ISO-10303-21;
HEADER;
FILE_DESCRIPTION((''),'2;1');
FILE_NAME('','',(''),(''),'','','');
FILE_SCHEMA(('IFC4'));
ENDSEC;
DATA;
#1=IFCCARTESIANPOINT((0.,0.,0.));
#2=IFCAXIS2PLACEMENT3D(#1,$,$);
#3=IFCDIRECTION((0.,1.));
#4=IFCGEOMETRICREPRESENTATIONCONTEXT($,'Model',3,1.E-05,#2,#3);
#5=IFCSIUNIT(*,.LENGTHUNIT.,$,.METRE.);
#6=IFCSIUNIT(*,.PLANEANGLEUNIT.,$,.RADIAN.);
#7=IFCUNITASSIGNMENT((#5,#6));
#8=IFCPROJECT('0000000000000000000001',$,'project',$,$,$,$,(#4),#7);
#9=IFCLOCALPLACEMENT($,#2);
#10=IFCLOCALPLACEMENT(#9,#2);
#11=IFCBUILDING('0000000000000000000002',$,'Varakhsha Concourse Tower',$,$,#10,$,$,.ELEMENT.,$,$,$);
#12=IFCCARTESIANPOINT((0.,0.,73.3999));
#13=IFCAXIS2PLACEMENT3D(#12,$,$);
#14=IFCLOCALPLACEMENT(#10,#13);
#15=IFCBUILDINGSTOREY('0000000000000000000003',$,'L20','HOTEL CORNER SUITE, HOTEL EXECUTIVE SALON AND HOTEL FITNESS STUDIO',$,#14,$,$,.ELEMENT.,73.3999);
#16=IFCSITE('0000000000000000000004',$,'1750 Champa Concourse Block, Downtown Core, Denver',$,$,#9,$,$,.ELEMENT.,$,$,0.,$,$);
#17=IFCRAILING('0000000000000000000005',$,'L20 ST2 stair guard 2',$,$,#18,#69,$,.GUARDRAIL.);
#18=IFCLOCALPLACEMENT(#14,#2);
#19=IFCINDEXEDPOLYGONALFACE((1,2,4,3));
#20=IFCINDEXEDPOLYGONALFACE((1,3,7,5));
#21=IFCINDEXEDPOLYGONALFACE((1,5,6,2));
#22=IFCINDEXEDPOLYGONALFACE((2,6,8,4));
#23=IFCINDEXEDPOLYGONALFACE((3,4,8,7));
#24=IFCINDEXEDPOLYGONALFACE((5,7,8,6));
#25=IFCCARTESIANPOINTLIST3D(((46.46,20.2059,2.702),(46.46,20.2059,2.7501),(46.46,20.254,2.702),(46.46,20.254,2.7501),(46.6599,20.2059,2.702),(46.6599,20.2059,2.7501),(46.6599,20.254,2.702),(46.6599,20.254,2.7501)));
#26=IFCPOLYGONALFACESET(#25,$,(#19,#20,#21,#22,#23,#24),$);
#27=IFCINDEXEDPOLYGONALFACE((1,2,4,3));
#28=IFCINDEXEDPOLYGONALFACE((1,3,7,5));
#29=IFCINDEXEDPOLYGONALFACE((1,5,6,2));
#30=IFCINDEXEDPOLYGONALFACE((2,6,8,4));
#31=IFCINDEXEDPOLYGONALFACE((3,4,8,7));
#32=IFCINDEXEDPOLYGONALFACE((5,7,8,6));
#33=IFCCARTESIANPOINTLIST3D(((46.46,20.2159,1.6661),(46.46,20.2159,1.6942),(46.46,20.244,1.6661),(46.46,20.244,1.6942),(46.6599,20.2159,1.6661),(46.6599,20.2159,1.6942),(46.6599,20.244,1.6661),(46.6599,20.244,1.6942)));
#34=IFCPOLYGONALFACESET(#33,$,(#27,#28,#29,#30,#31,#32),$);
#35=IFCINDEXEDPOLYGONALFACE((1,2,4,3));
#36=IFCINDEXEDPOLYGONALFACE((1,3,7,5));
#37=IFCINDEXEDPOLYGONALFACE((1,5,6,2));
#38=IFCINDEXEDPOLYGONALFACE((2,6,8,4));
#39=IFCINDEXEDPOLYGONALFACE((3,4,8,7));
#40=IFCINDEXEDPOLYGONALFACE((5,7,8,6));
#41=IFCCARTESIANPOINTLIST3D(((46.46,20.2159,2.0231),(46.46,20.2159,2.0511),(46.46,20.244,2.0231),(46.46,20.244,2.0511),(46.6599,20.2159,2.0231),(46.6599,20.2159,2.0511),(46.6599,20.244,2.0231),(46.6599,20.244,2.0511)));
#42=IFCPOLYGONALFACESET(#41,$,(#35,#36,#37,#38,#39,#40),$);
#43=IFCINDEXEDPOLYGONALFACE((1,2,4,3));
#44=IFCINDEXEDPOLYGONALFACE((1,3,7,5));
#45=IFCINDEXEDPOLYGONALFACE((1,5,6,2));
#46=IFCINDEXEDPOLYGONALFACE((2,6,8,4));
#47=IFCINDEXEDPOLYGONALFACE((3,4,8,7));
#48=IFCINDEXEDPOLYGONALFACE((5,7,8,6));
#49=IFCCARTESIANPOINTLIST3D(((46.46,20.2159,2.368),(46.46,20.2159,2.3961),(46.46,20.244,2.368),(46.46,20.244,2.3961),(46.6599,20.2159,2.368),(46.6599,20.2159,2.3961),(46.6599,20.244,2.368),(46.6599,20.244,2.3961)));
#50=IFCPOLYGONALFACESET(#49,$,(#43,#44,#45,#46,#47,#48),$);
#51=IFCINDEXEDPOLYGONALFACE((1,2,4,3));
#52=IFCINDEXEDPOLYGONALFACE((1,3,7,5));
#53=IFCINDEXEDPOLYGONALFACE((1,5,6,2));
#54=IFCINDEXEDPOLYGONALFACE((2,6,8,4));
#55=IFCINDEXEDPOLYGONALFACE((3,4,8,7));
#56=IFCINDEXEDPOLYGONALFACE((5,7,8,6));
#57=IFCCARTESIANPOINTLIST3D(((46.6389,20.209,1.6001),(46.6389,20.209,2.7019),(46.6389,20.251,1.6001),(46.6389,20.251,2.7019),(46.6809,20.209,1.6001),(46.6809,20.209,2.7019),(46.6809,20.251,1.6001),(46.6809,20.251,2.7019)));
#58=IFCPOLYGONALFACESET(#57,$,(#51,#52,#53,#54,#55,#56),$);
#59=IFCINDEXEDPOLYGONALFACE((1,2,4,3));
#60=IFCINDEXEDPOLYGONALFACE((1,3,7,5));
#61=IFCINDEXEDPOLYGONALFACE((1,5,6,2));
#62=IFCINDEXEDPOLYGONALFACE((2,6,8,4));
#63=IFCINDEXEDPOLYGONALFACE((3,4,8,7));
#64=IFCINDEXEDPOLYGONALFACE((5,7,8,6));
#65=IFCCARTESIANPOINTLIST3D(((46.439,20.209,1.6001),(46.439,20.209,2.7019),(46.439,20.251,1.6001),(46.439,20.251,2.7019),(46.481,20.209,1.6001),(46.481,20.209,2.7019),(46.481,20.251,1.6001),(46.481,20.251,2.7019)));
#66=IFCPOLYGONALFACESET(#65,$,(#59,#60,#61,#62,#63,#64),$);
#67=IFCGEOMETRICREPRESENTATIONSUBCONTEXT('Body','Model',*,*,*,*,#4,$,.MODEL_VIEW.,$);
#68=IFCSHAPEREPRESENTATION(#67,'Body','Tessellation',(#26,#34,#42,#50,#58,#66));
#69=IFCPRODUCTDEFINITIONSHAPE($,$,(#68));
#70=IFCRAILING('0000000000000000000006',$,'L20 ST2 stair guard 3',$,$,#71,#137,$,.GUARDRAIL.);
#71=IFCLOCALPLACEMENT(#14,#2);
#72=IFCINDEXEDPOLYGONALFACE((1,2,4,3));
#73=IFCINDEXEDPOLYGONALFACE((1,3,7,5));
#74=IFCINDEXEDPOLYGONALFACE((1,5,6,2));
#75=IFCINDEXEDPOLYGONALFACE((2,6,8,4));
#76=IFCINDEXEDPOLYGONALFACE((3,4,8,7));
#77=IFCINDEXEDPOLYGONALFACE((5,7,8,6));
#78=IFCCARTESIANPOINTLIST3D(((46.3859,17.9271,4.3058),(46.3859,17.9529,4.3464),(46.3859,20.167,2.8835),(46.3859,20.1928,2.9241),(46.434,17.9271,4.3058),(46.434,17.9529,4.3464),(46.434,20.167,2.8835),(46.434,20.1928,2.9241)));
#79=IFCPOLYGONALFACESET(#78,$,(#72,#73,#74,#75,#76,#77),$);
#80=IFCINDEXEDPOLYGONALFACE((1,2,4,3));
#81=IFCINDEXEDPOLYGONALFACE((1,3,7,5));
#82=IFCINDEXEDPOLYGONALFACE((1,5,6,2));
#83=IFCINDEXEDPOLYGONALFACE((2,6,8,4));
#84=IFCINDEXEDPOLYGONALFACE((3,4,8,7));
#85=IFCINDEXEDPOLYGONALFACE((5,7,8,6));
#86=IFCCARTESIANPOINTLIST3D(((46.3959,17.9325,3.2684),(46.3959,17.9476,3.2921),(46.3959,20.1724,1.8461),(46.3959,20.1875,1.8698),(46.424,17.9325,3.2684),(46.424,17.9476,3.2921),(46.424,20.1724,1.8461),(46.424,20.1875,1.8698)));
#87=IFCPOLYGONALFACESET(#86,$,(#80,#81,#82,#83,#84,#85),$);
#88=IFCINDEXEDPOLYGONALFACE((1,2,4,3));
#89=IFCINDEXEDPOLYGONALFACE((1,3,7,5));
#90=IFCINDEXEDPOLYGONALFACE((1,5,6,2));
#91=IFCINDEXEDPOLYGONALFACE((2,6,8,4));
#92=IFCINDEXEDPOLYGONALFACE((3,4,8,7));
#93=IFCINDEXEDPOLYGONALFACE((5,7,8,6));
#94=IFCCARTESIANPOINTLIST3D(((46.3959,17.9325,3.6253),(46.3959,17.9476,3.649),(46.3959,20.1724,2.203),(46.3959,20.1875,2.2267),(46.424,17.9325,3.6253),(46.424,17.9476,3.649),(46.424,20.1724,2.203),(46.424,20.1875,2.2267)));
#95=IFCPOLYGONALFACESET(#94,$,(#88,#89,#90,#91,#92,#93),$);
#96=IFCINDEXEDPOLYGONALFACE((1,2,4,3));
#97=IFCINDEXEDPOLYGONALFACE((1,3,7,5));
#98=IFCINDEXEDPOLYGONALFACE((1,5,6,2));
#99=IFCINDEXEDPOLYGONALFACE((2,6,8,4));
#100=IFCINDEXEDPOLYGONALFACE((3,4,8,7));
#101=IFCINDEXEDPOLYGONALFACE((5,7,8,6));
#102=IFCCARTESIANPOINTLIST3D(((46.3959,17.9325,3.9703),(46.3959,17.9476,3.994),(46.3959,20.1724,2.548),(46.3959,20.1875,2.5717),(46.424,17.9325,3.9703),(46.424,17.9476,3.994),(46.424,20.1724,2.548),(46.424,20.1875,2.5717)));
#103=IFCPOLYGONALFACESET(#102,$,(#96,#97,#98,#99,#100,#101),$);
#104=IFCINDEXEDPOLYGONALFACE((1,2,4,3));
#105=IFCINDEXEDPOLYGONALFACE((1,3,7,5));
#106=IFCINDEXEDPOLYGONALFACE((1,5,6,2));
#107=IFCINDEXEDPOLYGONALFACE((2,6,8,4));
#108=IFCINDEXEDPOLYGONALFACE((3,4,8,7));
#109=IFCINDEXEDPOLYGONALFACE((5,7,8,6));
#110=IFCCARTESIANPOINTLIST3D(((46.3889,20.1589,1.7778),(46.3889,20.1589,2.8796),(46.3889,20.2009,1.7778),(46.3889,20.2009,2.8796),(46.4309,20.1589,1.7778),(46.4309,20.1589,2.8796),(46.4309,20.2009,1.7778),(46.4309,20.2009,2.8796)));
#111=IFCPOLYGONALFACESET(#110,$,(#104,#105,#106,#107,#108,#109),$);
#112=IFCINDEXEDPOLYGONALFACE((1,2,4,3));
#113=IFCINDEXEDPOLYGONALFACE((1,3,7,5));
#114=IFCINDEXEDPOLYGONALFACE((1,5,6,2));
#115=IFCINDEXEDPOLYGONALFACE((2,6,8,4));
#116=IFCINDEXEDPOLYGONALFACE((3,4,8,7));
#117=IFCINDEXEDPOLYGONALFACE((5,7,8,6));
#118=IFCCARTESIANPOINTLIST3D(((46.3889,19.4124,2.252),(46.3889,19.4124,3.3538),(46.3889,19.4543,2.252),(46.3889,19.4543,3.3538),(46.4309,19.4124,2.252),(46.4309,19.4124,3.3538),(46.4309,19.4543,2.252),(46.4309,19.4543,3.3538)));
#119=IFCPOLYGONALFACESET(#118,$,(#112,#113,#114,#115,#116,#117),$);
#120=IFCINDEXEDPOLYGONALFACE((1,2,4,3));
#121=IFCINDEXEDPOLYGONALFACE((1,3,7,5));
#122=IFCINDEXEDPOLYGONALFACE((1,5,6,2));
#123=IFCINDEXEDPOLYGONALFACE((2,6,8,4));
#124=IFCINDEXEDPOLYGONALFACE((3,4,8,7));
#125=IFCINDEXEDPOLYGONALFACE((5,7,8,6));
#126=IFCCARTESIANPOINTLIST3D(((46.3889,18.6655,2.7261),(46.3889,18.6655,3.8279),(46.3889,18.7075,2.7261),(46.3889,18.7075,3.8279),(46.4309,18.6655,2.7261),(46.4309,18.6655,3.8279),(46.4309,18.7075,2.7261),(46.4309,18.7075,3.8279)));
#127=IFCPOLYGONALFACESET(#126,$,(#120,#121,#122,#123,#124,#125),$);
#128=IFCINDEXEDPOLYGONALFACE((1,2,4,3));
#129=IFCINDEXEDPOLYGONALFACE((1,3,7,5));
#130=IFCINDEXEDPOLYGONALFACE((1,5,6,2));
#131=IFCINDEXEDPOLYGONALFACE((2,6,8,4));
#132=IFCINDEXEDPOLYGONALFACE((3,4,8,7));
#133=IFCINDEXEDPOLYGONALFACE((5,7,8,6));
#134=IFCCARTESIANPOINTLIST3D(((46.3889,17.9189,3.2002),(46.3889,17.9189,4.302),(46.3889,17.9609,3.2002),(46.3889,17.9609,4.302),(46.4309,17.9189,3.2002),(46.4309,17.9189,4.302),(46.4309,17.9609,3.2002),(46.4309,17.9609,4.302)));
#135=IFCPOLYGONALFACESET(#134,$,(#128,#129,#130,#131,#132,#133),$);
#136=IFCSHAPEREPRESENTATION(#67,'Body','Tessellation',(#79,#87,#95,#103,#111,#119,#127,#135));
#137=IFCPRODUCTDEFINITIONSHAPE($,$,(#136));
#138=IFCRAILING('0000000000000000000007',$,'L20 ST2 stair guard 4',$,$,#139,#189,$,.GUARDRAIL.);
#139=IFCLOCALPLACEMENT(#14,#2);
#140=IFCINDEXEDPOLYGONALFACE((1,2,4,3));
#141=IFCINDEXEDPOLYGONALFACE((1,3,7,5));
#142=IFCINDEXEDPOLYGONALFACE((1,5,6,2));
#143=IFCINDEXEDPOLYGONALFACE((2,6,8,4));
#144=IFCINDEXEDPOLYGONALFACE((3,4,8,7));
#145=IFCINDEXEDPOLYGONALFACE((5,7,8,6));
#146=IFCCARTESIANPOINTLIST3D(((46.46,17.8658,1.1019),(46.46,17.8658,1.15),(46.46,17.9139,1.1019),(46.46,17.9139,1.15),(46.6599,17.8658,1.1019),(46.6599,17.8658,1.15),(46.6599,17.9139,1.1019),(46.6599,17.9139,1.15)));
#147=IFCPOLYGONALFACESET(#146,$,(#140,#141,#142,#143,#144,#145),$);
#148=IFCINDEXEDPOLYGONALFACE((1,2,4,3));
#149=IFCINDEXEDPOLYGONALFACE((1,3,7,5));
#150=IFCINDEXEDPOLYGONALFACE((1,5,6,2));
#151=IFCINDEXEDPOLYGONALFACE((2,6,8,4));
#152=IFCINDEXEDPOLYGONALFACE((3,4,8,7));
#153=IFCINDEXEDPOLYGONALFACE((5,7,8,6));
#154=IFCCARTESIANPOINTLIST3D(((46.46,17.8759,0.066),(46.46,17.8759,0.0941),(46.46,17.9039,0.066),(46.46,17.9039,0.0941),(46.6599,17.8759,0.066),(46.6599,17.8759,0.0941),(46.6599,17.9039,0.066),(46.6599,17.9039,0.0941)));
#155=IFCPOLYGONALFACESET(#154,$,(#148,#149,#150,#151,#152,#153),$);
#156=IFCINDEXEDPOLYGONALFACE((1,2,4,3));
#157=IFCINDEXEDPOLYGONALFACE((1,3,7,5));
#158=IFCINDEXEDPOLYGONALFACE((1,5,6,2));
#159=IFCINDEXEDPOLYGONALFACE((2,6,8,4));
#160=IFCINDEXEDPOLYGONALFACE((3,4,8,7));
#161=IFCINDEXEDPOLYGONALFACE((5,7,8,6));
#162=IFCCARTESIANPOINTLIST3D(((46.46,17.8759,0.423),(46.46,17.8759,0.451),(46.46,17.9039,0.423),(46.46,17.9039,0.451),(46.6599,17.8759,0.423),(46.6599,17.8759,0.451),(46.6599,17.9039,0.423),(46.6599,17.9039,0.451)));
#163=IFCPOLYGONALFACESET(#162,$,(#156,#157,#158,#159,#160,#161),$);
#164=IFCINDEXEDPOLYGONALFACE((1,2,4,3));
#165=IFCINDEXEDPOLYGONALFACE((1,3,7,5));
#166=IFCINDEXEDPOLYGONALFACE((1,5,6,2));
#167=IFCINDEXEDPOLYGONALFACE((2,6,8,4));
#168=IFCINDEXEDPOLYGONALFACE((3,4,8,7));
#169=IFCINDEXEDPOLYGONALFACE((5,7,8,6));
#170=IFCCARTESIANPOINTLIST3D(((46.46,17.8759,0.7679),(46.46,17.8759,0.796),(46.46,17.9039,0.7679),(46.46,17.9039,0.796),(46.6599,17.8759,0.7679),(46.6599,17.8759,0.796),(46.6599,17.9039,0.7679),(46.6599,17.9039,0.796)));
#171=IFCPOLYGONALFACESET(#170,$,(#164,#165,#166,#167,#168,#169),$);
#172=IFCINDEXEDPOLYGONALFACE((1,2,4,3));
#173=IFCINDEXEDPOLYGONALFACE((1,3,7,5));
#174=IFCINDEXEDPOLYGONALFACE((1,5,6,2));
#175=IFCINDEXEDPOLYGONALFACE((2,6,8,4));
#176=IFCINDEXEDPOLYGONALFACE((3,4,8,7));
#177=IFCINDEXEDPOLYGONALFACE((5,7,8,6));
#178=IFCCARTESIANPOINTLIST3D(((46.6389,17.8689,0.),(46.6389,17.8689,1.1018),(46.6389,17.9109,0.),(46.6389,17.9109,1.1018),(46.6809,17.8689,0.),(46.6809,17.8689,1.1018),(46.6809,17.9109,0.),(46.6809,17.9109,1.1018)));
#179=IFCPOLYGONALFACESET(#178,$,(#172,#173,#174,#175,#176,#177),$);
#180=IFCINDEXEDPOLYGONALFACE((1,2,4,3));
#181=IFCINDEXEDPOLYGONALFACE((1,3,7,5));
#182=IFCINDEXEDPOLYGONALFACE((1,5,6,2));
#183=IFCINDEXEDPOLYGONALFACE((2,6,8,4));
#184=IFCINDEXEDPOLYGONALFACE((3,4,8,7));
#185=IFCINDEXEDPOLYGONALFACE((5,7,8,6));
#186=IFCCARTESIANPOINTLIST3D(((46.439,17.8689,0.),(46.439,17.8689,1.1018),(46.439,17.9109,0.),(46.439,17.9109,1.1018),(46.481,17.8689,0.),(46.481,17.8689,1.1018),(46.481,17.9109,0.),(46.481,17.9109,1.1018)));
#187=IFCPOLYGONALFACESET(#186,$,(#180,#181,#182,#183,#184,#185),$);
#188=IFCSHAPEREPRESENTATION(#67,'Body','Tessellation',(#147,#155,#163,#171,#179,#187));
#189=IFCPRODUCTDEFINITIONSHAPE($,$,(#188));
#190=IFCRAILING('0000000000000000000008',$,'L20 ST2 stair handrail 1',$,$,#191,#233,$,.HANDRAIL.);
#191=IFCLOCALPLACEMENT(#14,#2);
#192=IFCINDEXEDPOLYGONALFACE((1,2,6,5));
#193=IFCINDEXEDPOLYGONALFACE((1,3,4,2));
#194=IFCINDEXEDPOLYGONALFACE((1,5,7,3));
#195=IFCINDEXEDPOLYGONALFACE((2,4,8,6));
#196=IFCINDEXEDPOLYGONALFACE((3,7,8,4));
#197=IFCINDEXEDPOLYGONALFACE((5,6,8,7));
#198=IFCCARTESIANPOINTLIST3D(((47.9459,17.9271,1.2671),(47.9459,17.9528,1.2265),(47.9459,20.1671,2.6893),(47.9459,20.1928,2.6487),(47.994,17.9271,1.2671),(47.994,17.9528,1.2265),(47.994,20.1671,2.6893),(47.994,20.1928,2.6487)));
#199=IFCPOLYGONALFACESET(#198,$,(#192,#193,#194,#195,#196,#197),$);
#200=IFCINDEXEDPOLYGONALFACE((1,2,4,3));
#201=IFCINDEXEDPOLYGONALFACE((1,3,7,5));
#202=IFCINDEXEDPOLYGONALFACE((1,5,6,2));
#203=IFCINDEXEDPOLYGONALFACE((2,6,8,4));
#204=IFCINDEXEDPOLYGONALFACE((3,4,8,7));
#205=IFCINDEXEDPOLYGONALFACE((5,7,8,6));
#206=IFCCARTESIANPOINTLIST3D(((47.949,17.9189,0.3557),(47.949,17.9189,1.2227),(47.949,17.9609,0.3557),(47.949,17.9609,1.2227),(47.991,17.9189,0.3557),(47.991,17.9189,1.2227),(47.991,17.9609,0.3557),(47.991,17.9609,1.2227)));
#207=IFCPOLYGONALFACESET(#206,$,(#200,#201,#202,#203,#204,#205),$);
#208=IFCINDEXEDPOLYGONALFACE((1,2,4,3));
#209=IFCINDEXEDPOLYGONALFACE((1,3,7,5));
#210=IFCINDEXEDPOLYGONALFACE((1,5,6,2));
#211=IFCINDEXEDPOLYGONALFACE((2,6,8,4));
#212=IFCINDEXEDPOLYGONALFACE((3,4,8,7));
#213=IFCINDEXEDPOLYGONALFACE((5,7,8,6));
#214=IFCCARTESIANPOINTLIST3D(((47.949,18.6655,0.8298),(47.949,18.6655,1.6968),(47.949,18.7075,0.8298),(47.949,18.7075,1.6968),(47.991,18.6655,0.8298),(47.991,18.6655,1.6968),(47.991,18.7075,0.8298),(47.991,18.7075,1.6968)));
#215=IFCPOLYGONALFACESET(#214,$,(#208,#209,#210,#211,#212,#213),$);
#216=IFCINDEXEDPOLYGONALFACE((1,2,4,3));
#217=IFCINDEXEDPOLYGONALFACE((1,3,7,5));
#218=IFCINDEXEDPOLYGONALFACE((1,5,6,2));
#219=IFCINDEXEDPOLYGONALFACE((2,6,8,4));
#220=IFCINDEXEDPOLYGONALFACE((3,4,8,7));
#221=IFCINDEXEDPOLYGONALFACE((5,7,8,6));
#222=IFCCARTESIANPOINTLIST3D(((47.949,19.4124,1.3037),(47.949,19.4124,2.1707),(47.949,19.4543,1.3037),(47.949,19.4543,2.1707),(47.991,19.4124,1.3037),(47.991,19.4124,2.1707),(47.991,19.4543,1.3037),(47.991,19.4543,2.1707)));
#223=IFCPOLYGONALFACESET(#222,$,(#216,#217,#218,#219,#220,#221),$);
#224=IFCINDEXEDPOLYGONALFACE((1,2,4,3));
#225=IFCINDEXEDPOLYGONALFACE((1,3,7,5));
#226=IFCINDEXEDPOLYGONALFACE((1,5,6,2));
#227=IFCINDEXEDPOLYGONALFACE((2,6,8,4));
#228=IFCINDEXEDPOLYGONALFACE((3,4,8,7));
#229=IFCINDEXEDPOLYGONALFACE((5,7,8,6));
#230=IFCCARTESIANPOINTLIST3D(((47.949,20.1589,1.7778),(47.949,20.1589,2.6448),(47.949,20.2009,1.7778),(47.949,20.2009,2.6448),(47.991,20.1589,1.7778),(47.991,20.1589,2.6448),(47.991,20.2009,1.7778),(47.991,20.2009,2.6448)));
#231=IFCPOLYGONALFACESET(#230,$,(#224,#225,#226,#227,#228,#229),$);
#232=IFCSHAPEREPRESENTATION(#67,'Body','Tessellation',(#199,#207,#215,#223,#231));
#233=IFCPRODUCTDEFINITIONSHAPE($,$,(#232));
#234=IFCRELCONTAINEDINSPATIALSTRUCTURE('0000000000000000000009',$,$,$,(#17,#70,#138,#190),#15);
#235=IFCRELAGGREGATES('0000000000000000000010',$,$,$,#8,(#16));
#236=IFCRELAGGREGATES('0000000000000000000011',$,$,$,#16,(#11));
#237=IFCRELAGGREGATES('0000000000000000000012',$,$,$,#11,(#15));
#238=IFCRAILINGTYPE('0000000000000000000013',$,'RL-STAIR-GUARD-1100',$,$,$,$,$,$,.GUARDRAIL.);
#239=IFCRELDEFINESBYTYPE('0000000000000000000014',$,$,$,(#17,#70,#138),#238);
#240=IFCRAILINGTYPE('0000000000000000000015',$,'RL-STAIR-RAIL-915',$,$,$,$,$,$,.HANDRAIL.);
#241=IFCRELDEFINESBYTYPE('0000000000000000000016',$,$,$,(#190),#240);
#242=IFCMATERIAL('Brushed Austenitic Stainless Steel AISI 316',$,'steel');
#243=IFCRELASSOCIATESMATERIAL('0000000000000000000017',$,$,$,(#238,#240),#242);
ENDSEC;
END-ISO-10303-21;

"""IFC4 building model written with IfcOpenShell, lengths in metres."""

from ifc_helpers import new_model, si_unit, direction, frame, origin, origin_2d, place, context, subcontext, project, spatial, rectangle, extrude, material, type_object, element, save


model = new_model("IFC4")

# Units and contexts
model_context = context("Model", 3, precision=1e-05, world=origin(), true_north=direction((0.0, 1.0)))
body_context = subcontext(model_context, "Body", "Model", "MODEL_VIEW")
ifc_project = project(units=[si_unit("LENGTHUNIT", "METRE"), si_unit("PLANEANGLEUNIT", "RADIAN")], contexts=[model_context])

# Site, building, storey
site_placement = place(None, origin())
site = spatial("IfcSite", under=ifc_project, at=site_placement, Name="1750 Champa Concourse Block, Downtown Core, Denver", CompositionType="ELEMENT", RefElevation=0.0)
building_placement = place(site_placement, origin())
building = spatial("IfcBuilding", under=site, at=building_placement, Name="Varakhsha Concourse Tower", CompositionType="ELEMENT")
storey_placement = place(building_placement, frame((0.0, 0.0, 73.3999)))
storey = spatial("IfcBuildingStorey", under=building, at=storey_placement, Name="L20", Description="HOTEL CORNER SUITE, HOTEL EXECUTIVE SALON AND HOTEL FITNESS STUDIO", CompositionType="ELEMENT", Elevation=73.3999)

# Railings
ifc_material_1 = material(Name="Brushed Austenitic Stainless Steel AISI 316", Category="steel")
railing_type_1 = type_object("IfcRailingType", Name="RL-STAIR-GUARD-1100", PredefinedType="GUARDRAIL", material=ifc_material_1)
railing_1_placement = place(storey_placement, frame((46.6599, 20.23, 1.6001)))
element("IfcRailing", 1, at=railing_1_placement, inside=storey, type_object=railing_type_1, Name="L20 ST2 stair guard 2", PredefinedType="GUARDRAIL", context=body_context, shape_type="SweptSolid", body=[
    extrude(rectangle(XDim=0.0481, YDim=0.0481, at=origin_2d()), frame((0.0, 0.0, 1.126), z_axis=(-1.0, 0.0, 0.0), x_axis=(0.0, -1.0, 0.0)), (0.0, 0.0, 1.0), 0.2),
    extrude(rectangle(XDim=0.0281, YDim=0.0281, at=origin_2d()), frame((0.0, 0.0, 0.0801), z_axis=(-1.0, 0.0, 0.0), x_axis=(0.0, -1.0, 0.0)), (0.0, 0.0, 1.0), 0.2),
    extrude(rectangle(XDim=0.0281, YDim=0.0281, at=origin_2d()), frame((0.0, 0.0, 0.437), z_axis=(-1.0, 0.0, 0.0), x_axis=(0.0, -1.0, 0.0)), (0.0, 0.0, 1.0), 0.2),
    extrude(rectangle(XDim=0.0281, YDim=0.0281, at=origin_2d()), frame((0.0, 0.0, 0.782), z_axis=(-1.0, 0.0, 0.0), x_axis=(0.0, -1.0, 0.0)), (0.0, 0.0, 1.0), 0.2),
    extrude(rectangle(XDim=0.042, YDim=0.042, at=origin_2d()), origin(), (0.0, 0.0, 1.0), 1.1018),
    extrude(rectangle(XDim=0.042, YDim=0.042, at=origin_2d()), frame((-0.2, 0.0, 0.0)), (0.0, 0.0, 1.0), 1.1018),
])
railing_2_placement = place(storey_placement, frame((46.4099, 20.1799, 1.7778)))
element("IfcRailing", 2, at=railing_2_placement, inside=storey, type_object=railing_type_1, Name="L20 ST2 stair guard 3", PredefinedType="GUARDRAIL", context=body_context, shape_type="SweptSolid", body=[
    extrude(rectangle(XDim=0.0481, YDim=0.0481, at=origin_2d()), frame((0.0, 0.0, 1.126), z_axis=(0.0, -0.844188, 0.536048), x_axis=(1.0, 0.0, 0.0)), (0.0, 0.0, 1.0), 2.6533),
    extrude(rectangle(XDim=0.0281, YDim=0.0281, at=origin_2d()), frame((0.0, 0.0, 0.0801), z_axis=(0.0, -0.844188, 0.536048), x_axis=(1.0, 0.0, 0.0)), (0.0, 0.0, 1.0), 2.6533),
    extrude(rectangle(XDim=0.0281, YDim=0.0281, at=origin_2d()), frame((0.0, 0.0, 0.437), z_axis=(0.0, -0.844188, 0.536048), x_axis=(1.0, 0.0, 0.0)), (0.0, 0.0, 1.0), 2.6533),
    extrude(rectangle(XDim=0.0281, YDim=0.0281, at=origin_2d()), frame((0.0, 0.0, 0.782), z_axis=(0.0, -0.844188, 0.536048), x_axis=(1.0, 0.0, 0.0)), (0.0, 0.0, 1.0), 2.6533),
    extrude(rectangle(XDim=0.042, YDim=0.042, at=origin_2d()), origin(), (0.0, 0.0, 1.0), 1.1018),
    extrude(rectangle(XDim=0.042, YDim=0.042, at=origin_2d()), frame((0.0, -0.7466, 0.4741)), (0.0, 0.0, 1.0), 1.1018),
    extrude(rectangle(XDim=0.042, YDim=0.042, at=origin_2d()), frame((0.0, -1.4934, 0.9482)), (0.0, 0.0, 1.0), 1.1018),
    extrude(rectangle(XDim=0.042, YDim=0.042, at=origin_2d()), frame((0.0, -2.24, 1.4224)), (0.0, 0.0, 1.0), 1.1018),
])
railing_3_placement = place(storey_placement, frame((46.6599, 17.8899, 0.0)))
element("IfcRailing", 3, at=railing_3_placement, inside=storey, type_object=railing_type_1, Name="L20 ST2 stair guard 4", PredefinedType="GUARDRAIL", context=body_context, shape_type="SweptSolid", body=[
    extrude(rectangle(XDim=0.0481, YDim=0.0481, at=origin_2d()), frame((0.0, 0.0, 1.126), z_axis=(-1.0, 0.0, 0.0), x_axis=(0.0, -1.0, 0.0)), (0.0, 0.0, 1.0), 0.2),
    extrude(rectangle(XDim=0.0281, YDim=0.0281, at=origin_2d()), frame((0.0, 0.0, 0.0801), z_axis=(-1.0, 0.0, 0.0), x_axis=(0.0, -1.0, 0.0)), (0.0, 0.0, 1.0), 0.2),
    extrude(rectangle(XDim=0.0281, YDim=0.0281, at=origin_2d()), frame((0.0, 0.0, 0.437), z_axis=(-1.0, 0.0, 0.0), x_axis=(0.0, -1.0, 0.0)), (0.0, 0.0, 1.0), 0.2),
    extrude(rectangle(XDim=0.0281, YDim=0.0281, at=origin_2d()), frame((0.0, 0.0, 0.782), z_axis=(-1.0, 0.0, 0.0), x_axis=(0.0, -1.0, 0.0)), (0.0, 0.0, 1.0), 0.2),
    extrude(rectangle(XDim=0.042, YDim=0.042, at=origin_2d()), origin(), (0.0, 0.0, 1.0), 1.1018),
    extrude(rectangle(XDim=0.042, YDim=0.042, at=origin_2d()), frame((-0.2, 0.0, 0.0)), (0.0, 0.0, 1.0), 1.1018),
])
railing_type_2 = type_object("IfcRailingType", Name="RL-STAIR-RAIL-915", PredefinedType="HANDRAIL", material=ifc_material_1)
railing_4_placement = place(storey_placement, frame((47.97, 17.9399, 0.3557)))
element("IfcRailing", 4, at=railing_4_placement, inside=storey, type_object=railing_type_2, Name="L20 ST2 stair handrail 1", PredefinedType="HANDRAIL", context=body_context, shape_type="SweptSolid", body=[
    extrude(rectangle(XDim=0.0481, YDim=0.0481, at=origin_2d()), frame((0.0, 0.0, 0.8911), z_axis=(0.0, 0.844229, 0.535982), x_axis=(-1.0, 0.0, 0.0)), (0.0, 0.0, 1.0), 2.6533),
    extrude(rectangle(XDim=0.042, YDim=0.042, at=origin_2d()), origin(), (0.0, 0.0, 1.0), 0.8669),
    extrude(rectangle(XDim=0.042, YDim=0.042, at=origin_2d()), frame((0.0, 0.7466, 0.4741)), (0.0, 0.0, 1.0), 0.8669),
    extrude(rectangle(XDim=0.042, YDim=0.042, at=origin_2d()), frame((0.0, 1.4934, 0.948)), (0.0, 0.0, 1.0), 0.8669),
    extrude(rectangle(XDim=0.042, YDim=0.042, at=origin_2d()), frame((0.0, 2.24, 1.4221)), (0.0, 0.0, 1.0), 0.8669),
])

save(model, "model.ifc")
